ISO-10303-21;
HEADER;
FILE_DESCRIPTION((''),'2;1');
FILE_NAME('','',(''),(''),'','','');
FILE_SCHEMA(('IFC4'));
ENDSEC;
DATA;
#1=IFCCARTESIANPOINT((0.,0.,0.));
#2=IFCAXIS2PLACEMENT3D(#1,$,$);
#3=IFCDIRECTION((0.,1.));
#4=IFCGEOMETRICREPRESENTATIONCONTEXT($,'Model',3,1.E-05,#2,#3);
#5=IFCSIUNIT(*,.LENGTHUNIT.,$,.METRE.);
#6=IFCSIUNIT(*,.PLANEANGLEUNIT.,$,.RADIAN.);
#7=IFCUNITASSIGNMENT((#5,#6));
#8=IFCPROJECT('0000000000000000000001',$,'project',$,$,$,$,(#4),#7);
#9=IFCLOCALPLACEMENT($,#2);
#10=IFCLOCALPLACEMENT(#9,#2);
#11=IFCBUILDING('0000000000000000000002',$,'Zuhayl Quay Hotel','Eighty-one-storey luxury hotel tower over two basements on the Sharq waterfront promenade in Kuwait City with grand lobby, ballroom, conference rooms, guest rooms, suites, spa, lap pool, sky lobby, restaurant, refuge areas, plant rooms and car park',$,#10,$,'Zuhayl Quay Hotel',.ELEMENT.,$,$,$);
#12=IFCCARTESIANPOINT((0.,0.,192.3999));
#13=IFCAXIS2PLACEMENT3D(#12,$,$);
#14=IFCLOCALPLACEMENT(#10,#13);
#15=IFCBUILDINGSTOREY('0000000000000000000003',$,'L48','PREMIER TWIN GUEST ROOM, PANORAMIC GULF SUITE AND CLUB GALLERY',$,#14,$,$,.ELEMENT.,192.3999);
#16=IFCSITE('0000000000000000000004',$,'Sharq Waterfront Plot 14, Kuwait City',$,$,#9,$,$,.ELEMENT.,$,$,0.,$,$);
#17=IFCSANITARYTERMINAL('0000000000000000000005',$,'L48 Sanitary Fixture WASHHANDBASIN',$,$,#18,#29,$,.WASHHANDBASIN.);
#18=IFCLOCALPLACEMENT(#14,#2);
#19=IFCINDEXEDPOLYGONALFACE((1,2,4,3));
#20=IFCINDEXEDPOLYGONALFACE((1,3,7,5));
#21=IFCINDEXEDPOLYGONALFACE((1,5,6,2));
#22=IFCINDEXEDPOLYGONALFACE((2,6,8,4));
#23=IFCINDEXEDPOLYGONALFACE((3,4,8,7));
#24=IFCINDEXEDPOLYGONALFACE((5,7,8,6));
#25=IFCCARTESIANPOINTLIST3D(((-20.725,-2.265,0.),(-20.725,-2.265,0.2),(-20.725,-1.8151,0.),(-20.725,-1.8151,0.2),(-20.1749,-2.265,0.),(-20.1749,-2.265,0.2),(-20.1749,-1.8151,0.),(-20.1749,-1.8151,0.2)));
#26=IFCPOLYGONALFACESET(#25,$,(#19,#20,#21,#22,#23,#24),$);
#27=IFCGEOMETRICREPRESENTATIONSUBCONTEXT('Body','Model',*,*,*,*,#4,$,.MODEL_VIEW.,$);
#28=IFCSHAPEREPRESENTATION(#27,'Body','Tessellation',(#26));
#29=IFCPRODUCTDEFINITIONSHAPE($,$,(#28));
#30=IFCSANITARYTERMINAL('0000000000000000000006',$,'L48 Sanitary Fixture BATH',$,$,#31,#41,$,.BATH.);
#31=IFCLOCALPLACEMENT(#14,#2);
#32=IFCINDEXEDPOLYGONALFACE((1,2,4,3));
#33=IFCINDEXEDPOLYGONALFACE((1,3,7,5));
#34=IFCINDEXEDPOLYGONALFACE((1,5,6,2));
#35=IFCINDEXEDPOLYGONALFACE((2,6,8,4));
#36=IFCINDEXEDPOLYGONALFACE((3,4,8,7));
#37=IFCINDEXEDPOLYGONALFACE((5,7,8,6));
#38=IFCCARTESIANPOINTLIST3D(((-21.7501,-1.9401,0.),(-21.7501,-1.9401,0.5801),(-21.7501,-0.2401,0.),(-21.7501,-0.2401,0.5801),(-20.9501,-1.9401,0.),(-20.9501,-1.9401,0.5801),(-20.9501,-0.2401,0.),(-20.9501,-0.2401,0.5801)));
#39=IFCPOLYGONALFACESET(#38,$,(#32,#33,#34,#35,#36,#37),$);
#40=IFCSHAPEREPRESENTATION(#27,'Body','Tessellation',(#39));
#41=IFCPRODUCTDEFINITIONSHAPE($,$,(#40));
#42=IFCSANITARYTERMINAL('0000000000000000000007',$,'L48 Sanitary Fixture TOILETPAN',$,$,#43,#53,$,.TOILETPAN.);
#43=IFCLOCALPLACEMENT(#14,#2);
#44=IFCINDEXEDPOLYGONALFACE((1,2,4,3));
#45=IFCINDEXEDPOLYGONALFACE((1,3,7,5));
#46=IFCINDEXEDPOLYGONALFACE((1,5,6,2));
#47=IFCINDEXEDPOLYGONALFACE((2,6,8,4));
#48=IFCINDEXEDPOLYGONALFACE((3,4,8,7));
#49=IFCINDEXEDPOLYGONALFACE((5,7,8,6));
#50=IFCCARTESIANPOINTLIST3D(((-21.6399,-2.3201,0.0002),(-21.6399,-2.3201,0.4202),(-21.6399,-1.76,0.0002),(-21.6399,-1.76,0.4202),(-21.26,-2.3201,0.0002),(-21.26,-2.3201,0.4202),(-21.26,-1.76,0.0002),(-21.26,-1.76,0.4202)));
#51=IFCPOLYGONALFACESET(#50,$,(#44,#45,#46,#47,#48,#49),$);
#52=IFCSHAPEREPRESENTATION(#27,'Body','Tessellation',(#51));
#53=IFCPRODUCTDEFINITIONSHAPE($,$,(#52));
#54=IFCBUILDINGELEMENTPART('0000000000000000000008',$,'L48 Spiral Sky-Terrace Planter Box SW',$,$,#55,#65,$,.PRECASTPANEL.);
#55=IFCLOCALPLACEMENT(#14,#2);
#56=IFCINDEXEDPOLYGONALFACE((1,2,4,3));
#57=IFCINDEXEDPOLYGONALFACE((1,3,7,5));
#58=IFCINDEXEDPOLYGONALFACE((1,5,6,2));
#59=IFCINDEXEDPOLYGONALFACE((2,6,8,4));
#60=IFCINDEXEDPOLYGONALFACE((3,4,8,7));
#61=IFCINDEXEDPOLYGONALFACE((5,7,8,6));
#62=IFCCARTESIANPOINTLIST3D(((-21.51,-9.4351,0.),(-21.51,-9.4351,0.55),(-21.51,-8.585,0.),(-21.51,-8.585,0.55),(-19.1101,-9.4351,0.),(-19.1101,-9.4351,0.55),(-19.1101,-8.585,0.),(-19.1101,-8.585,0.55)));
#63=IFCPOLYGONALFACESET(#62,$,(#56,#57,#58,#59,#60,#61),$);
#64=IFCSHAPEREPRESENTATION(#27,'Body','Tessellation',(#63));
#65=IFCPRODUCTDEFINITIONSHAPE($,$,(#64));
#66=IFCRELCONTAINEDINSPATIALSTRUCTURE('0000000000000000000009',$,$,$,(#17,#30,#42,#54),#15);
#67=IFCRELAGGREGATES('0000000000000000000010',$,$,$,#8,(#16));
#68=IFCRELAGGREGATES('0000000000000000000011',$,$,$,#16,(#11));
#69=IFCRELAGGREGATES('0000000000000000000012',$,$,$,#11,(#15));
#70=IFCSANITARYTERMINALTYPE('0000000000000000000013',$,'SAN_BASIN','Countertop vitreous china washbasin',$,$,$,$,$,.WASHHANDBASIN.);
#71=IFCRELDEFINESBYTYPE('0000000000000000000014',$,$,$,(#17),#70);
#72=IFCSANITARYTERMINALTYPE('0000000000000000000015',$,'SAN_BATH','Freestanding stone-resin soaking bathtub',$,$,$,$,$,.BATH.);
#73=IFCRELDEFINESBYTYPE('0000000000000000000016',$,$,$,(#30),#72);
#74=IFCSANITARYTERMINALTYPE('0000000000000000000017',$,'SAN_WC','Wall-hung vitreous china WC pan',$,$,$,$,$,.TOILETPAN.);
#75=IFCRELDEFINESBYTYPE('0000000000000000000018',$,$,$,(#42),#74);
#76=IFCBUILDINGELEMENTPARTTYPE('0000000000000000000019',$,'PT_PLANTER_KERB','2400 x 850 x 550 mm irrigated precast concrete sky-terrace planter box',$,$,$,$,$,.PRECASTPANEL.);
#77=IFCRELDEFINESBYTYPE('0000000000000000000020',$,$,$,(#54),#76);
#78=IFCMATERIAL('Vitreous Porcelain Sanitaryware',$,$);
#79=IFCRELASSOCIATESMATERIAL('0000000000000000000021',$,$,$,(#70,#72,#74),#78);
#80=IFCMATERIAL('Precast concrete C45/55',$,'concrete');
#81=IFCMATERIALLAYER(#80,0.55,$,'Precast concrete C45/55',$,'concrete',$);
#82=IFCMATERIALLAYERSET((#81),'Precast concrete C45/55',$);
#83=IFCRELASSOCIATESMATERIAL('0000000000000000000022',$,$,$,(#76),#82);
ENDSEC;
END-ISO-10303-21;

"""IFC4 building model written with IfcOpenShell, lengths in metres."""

from ifc_helpers import new_model, si_unit, direction, frame, origin, origin_2d, place, context, subcontext, project, spatial, rectangle, extrude, material, layer, layer_set, type_object, element, save


model = new_model("IFC4")

# Units and contexts
model_context = context("Model", 3, precision=1e-05, world=origin(), true_north=direction((0.0, 1.0)))
body_context = subcontext(model_context, "Body", "Model", "MODEL_VIEW")
ifc_project = project(units=[si_unit("LENGTHUNIT", "METRE"), si_unit("PLANEANGLEUNIT", "RADIAN")], contexts=[model_context])

# Site, building, storey
site_placement = place(None, origin())
site = spatial("IfcSite", under=ifc_project, at=site_placement, Name="Sharq Waterfront Plot 14, Kuwait City", CompositionType="ELEMENT", RefElevation=0.0)
building_placement = place(site_placement, origin())
building = spatial("IfcBuilding", under=site, at=building_placement, Name="Zuhayl Quay Hotel", Description="Eighty-one-storey luxury hotel tower over two basements on the Sharq waterfront promenade in Kuwait City with grand lobby, ballroom, conference rooms, guest rooms, suites, spa, lap pool, sky lobby, restaurant, refuge areas, plant rooms and car park", LongName="Zuhayl Quay Hotel", CompositionType="ELEMENT")
storey_placement = place(building_placement, frame((0.0, 0.0, 192.3999)))
storey = spatial("IfcBuildingStorey", under=building, at=storey_placement, Name="L48", Description="PREMIER TWIN GUEST ROOM, PANORAMIC GULF SUITE AND CLUB GALLERY", CompositionType="ELEMENT", Elevation=192.3999)

# Shared definitions
ifc_material_1 = material(Name="Precast concrete C45/55", Category="concrete")

# Sanitary terminals
ifc_material_2 = material(Name="Vitreous Porcelain Sanitaryware")
sanitary_terminal_type_1 = type_object("IfcSanitaryTerminalType", Name="SAN_BASIN", Description="Countertop vitreous china washbasin", PredefinedType="WASHHANDBASIN", material=ifc_material_2)
sanitary_terminal_1_placement = place(storey_placement, frame((-20.45, -2.04, 0.0), z_axis=(0.0, 0.0, 1.0), x_axis=(1.0, 0.0, 0.0)))
element("IfcSanitaryTerminal", 1, at=sanitary_terminal_1_placement, inside=storey, type_object=sanitary_terminal_type_1, Name="L48 Sanitary Fixture WASHHANDBASIN", PredefinedType="WASHHANDBASIN", context=body_context, shape_type="SweptSolid", body=[
    extrude(rectangle(XDim=0.55, YDim=0.45, at=origin_2d()), origin(), (0.0, 0.0, 1.0), 0.2),
])
sanitary_terminal_type_2 = type_object("IfcSanitaryTerminalType", Name="SAN_BATH", Description="Freestanding stone-resin soaking bathtub", PredefinedType="BATH", material=ifc_material_2)
sanitary_terminal_2_placement = place(storey_placement, frame((-21.3501, -1.0901, 0.0), z_axis=(0.0, 0.0, 1.0), x_axis=(1.0, 0.0, 0.0)))
element("IfcSanitaryTerminal", 2, at=sanitary_terminal_2_placement, inside=storey, type_object=sanitary_terminal_type_2, Name="L48 Sanitary Fixture BATH", PredefinedType="BATH", context=body_context, shape_type="SweptSolid", body=[
    extrude(rectangle(XDim=0.8, YDim=1.7, at=origin_2d()), origin(), (0.0, 0.0, 1.0), 0.5801),
])
sanitary_terminal_type_3 = type_object("IfcSanitaryTerminalType", Name="SAN_WC", Description="Wall-hung vitreous china WC pan", PredefinedType="TOILETPAN", material=ifc_material_2)
sanitary_terminal_3_placement = place(storey_placement, frame((-21.45, -2.04, 0.0002), z_axis=(0.0, 0.0, 1.0), x_axis=(1.0, 0.0, 0.0)))
element("IfcSanitaryTerminal", 3, at=sanitary_terminal_3_placement, inside=storey, type_object=sanitary_terminal_type_3, Name="L48 Sanitary Fixture TOILETPAN", PredefinedType="TOILETPAN", context=body_context, shape_type="SweptSolid", body=[
    extrude(rectangle(XDim=0.3799, YDim=0.5601, at=origin_2d()), origin(), (0.0, 0.0, 1.0), 0.4199),
])

# Building element part
ifc_layer_1 = layer(ifc_material_1, 0.55, Name="Precast concrete C45/55", Category="concrete")
ifc_layer_set_1 = layer_set([ifc_layer_1], Name="Precast concrete C45/55")
building_element_part_type = type_object("IfcBuildingElementPartType", Name="PT_PLANTER_KERB", Description="2400 x 850 x 550 mm irrigated precast concrete sky-terrace planter box", PredefinedType="PRECASTPANEL", material=ifc_layer_set_1)
building_element_part_placement = place(storey_placement, frame((-20.3101, -9.01, 0.0), z_axis=(0.0, 0.0, 1.0), x_axis=(1.0, 0.0, 0.0)))
element("IfcBuildingElementPart", 4, at=building_element_part_placement, inside=storey, type_object=building_element_part_type, Name="L48 Spiral Sky-Terrace Planter Box SW", PredefinedType="PRECASTPANEL", context=body_context, shape_type="SweptSolid", body=[
    extrude(rectangle(XDim=2.3999, YDim=0.8501, at=origin_2d()), origin(), (0.0, 0.0, 1.0), 0.55),
])

save(model, "model.ifc")
